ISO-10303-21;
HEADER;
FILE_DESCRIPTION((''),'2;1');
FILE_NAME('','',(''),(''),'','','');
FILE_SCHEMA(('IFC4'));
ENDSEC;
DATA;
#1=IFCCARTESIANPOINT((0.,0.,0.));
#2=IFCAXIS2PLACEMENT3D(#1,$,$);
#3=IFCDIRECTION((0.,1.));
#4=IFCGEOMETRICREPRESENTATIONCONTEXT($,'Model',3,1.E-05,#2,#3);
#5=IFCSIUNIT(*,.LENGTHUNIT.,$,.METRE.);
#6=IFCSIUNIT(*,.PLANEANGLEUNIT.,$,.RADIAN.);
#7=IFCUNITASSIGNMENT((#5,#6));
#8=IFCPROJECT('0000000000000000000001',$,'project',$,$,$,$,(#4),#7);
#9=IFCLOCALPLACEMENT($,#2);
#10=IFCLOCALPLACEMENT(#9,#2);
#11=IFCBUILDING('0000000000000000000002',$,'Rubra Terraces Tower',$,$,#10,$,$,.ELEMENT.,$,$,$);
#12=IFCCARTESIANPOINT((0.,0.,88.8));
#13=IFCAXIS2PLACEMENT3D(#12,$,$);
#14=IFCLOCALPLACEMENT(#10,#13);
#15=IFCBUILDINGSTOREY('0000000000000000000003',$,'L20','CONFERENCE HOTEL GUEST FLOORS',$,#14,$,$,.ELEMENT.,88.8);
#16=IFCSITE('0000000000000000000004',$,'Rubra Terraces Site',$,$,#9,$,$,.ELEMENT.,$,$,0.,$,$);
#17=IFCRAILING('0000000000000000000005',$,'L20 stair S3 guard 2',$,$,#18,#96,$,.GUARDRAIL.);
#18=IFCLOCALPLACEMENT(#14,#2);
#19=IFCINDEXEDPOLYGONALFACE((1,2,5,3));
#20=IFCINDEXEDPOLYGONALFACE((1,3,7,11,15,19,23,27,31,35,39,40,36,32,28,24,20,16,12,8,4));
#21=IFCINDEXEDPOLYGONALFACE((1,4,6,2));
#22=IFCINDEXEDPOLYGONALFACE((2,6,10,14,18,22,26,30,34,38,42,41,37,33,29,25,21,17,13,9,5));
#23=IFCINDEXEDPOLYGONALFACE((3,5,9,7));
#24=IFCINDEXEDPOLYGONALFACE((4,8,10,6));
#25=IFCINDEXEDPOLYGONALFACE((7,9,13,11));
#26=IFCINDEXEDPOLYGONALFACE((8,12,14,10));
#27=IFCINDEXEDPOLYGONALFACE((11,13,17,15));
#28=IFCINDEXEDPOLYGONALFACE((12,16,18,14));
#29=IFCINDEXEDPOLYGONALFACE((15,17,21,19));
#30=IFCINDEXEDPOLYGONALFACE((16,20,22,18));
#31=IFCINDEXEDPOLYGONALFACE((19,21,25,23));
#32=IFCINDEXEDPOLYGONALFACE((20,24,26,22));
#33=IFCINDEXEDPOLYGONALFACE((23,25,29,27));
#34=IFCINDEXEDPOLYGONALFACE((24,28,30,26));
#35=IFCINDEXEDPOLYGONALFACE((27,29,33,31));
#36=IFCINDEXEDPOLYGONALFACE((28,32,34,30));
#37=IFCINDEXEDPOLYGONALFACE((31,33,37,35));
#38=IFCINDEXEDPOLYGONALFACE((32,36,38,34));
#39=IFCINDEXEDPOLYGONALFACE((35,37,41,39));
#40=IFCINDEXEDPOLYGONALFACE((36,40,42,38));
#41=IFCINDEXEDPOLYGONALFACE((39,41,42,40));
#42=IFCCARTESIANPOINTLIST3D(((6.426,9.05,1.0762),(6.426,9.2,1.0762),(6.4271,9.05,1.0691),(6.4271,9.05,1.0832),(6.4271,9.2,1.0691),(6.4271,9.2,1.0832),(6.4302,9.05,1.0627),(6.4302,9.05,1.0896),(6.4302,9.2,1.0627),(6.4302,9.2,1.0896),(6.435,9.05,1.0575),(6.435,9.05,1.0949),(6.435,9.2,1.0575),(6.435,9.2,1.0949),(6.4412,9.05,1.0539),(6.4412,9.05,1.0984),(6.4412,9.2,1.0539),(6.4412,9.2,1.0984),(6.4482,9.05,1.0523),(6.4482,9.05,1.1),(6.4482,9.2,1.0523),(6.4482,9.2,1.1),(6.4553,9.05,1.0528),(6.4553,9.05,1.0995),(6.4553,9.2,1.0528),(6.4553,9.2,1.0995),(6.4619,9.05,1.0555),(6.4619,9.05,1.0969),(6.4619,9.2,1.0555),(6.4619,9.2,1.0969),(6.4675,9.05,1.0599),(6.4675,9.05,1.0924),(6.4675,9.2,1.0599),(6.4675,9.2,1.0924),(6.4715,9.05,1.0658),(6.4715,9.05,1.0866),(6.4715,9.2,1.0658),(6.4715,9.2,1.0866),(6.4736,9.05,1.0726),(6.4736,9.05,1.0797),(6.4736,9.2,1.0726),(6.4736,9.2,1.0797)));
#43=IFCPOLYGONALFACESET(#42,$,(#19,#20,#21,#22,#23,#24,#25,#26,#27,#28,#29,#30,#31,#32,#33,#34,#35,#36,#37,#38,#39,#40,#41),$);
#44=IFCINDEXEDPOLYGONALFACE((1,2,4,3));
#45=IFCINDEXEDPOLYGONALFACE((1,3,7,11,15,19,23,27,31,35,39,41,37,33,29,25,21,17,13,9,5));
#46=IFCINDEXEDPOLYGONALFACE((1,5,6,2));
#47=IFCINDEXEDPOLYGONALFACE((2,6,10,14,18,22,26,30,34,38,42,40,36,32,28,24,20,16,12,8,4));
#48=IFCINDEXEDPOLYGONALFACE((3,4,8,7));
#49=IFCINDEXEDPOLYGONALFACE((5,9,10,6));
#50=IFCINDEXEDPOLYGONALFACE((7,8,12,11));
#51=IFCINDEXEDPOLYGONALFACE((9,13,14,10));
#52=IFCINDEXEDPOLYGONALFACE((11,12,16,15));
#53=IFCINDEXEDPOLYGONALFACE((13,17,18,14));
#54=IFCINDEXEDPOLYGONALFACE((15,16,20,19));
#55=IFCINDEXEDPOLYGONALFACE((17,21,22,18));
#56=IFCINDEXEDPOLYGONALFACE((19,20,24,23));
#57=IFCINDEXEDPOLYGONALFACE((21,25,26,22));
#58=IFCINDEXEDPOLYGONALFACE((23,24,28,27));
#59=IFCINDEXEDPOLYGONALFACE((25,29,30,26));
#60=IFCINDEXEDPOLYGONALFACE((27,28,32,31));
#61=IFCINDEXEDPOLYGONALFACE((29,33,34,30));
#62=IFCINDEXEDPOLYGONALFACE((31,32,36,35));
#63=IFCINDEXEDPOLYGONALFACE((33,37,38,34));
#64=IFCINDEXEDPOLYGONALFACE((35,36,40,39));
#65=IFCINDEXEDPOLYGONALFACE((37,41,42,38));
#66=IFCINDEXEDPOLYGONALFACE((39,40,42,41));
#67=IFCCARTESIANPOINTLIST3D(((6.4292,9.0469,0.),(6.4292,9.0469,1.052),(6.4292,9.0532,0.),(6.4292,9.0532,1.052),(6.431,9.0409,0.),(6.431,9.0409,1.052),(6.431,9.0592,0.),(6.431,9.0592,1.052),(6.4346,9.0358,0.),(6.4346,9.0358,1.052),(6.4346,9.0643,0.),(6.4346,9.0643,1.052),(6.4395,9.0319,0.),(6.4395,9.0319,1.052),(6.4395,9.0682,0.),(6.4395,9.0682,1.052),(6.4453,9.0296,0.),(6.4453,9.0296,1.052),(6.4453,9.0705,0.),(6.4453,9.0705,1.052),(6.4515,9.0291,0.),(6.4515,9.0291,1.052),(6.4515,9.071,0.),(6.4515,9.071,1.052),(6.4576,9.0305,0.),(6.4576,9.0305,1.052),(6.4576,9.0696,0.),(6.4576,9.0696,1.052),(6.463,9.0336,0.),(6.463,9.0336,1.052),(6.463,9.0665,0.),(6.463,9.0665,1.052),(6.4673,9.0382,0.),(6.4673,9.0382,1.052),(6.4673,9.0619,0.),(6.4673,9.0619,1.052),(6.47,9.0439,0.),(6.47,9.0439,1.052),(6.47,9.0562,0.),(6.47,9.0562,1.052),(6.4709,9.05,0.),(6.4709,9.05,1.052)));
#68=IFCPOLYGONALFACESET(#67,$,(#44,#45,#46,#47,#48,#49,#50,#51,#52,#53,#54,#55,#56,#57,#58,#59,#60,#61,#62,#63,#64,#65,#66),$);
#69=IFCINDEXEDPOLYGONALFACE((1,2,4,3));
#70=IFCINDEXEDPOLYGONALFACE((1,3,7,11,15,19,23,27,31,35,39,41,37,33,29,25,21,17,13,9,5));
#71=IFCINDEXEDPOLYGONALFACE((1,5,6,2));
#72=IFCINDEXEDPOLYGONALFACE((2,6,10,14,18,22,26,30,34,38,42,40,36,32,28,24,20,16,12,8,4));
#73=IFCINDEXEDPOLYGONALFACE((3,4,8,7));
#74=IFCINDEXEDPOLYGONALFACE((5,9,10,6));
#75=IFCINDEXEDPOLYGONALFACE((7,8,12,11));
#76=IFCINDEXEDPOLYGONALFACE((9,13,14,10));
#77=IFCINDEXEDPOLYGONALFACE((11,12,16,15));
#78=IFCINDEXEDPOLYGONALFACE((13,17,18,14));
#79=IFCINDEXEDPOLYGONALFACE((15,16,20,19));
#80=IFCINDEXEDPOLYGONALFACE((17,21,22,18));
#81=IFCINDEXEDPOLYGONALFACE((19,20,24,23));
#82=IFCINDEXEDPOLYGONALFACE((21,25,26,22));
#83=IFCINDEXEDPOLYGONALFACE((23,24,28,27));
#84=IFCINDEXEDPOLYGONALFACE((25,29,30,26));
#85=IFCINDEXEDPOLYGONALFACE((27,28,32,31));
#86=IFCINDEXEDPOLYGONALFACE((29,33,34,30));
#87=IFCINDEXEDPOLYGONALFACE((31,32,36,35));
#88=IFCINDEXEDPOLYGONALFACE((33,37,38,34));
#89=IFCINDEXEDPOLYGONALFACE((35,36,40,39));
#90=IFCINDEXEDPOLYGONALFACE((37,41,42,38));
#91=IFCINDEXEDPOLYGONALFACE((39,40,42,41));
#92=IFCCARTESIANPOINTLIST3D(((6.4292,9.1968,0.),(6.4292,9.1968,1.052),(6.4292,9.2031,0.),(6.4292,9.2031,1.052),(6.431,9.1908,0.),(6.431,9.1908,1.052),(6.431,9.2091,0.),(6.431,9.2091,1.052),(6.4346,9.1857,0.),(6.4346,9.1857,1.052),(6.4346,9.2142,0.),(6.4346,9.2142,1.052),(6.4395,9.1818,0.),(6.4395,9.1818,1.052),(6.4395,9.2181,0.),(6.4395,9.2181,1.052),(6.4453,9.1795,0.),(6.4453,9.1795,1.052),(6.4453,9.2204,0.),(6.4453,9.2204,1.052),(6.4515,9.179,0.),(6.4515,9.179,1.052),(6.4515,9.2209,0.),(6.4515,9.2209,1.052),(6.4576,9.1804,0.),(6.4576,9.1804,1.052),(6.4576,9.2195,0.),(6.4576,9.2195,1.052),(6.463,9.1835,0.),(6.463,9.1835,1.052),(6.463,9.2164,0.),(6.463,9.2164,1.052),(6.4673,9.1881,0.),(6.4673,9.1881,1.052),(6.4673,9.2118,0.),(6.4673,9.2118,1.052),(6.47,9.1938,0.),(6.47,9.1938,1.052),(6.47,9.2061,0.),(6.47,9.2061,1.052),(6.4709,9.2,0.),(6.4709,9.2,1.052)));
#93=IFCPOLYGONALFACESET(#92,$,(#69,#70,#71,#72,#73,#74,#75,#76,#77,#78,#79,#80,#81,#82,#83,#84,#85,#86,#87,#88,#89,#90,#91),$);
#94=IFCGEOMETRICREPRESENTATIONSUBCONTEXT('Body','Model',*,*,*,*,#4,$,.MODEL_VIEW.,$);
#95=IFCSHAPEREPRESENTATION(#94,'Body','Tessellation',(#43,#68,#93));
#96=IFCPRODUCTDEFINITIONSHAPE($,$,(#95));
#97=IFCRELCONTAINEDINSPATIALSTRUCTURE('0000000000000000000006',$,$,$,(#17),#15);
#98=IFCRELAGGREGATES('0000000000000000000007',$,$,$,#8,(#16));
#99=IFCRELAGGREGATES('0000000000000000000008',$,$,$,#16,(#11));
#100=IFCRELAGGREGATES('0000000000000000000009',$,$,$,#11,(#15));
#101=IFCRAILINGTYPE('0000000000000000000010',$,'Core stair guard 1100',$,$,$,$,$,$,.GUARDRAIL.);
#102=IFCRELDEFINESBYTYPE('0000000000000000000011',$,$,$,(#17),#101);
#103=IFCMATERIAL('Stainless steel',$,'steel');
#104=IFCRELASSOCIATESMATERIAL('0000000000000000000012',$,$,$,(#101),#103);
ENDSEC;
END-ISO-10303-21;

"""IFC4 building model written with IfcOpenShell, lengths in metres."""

from ifc_helpers import new_model, si_unit, direction, frame, origin, origin_2d, place, context, subcontext, project, spatial, circle, extrude, material, type_object, element, save


model = new_model("IFC4")

# Units and contexts
model_context = context("Model", 3, precision=1e-05, world=origin(), true_north=direction((0.0, 1.0)))
body_context = subcontext(model_context, "Body", "Model", "MODEL_VIEW")
ifc_project = project(units=[si_unit("LENGTHUNIT", "METRE"), si_unit("PLANEANGLEUNIT", "RADIAN")], contexts=[model_context])

# Site, building, storey
site_placement = place(None, origin())
site = spatial("IfcSite", under=ifc_project, at=site_placement, Name="Rubra Terraces Site", CompositionType="ELEMENT", RefElevation=0.0)
building_placement = place(site_placement, origin())
building = spatial("IfcBuilding", under=site, at=building_placement, Name="Rubra Terraces Tower", CompositionType="ELEMENT")
storey_placement = place(building_placement, frame((0.0, 0.0, 88.8)))
storey = spatial("IfcBuildingStorey", under=building, at=storey_placement, Name="L20", Description="CONFERENCE HOTEL GUEST FLOORS", CompositionType="ELEMENT", Elevation=88.8)

# Railing
ifc_material_1 = material(Name="Stainless steel", Category="steel")
railing_type_1 = type_object("IfcRailingType", Name="Core stair guard 1100", PredefinedType="GUARDRAIL", material=ifc_material_1)
railing_1_placement = place(storey_placement, frame((6.45, 9.05, 0.0)))
element("IfcRailing", 1, at=railing_1_placement, inside=storey, type_object=railing_type_1, Name="L20 stair S3 guard 2", PredefinedType="GUARDRAIL", context=body_context, shape_type="SweptSolid", body=[
    extrude(circle(Radius=0.0239, at=origin_2d()), frame((0.0, 0.0, 1.0762), z_axis=(0.0, 1.0, 0.0), x_axis=(-1.0, 0.0, 0.0)), (0.0, 0.0, 1.0), 0.1499),
    extrude(circle(Radius=0.021, at=origin_2d()), origin(), (0.0, 0.0, 1.0), 1.052),
    extrude(circle(Radius=0.021, at=origin_2d()), frame((0.0, 0.1499, 0.0)), (0.0, 0.0, 1.0), 1.052),
])

save(model, "model.ifc")
